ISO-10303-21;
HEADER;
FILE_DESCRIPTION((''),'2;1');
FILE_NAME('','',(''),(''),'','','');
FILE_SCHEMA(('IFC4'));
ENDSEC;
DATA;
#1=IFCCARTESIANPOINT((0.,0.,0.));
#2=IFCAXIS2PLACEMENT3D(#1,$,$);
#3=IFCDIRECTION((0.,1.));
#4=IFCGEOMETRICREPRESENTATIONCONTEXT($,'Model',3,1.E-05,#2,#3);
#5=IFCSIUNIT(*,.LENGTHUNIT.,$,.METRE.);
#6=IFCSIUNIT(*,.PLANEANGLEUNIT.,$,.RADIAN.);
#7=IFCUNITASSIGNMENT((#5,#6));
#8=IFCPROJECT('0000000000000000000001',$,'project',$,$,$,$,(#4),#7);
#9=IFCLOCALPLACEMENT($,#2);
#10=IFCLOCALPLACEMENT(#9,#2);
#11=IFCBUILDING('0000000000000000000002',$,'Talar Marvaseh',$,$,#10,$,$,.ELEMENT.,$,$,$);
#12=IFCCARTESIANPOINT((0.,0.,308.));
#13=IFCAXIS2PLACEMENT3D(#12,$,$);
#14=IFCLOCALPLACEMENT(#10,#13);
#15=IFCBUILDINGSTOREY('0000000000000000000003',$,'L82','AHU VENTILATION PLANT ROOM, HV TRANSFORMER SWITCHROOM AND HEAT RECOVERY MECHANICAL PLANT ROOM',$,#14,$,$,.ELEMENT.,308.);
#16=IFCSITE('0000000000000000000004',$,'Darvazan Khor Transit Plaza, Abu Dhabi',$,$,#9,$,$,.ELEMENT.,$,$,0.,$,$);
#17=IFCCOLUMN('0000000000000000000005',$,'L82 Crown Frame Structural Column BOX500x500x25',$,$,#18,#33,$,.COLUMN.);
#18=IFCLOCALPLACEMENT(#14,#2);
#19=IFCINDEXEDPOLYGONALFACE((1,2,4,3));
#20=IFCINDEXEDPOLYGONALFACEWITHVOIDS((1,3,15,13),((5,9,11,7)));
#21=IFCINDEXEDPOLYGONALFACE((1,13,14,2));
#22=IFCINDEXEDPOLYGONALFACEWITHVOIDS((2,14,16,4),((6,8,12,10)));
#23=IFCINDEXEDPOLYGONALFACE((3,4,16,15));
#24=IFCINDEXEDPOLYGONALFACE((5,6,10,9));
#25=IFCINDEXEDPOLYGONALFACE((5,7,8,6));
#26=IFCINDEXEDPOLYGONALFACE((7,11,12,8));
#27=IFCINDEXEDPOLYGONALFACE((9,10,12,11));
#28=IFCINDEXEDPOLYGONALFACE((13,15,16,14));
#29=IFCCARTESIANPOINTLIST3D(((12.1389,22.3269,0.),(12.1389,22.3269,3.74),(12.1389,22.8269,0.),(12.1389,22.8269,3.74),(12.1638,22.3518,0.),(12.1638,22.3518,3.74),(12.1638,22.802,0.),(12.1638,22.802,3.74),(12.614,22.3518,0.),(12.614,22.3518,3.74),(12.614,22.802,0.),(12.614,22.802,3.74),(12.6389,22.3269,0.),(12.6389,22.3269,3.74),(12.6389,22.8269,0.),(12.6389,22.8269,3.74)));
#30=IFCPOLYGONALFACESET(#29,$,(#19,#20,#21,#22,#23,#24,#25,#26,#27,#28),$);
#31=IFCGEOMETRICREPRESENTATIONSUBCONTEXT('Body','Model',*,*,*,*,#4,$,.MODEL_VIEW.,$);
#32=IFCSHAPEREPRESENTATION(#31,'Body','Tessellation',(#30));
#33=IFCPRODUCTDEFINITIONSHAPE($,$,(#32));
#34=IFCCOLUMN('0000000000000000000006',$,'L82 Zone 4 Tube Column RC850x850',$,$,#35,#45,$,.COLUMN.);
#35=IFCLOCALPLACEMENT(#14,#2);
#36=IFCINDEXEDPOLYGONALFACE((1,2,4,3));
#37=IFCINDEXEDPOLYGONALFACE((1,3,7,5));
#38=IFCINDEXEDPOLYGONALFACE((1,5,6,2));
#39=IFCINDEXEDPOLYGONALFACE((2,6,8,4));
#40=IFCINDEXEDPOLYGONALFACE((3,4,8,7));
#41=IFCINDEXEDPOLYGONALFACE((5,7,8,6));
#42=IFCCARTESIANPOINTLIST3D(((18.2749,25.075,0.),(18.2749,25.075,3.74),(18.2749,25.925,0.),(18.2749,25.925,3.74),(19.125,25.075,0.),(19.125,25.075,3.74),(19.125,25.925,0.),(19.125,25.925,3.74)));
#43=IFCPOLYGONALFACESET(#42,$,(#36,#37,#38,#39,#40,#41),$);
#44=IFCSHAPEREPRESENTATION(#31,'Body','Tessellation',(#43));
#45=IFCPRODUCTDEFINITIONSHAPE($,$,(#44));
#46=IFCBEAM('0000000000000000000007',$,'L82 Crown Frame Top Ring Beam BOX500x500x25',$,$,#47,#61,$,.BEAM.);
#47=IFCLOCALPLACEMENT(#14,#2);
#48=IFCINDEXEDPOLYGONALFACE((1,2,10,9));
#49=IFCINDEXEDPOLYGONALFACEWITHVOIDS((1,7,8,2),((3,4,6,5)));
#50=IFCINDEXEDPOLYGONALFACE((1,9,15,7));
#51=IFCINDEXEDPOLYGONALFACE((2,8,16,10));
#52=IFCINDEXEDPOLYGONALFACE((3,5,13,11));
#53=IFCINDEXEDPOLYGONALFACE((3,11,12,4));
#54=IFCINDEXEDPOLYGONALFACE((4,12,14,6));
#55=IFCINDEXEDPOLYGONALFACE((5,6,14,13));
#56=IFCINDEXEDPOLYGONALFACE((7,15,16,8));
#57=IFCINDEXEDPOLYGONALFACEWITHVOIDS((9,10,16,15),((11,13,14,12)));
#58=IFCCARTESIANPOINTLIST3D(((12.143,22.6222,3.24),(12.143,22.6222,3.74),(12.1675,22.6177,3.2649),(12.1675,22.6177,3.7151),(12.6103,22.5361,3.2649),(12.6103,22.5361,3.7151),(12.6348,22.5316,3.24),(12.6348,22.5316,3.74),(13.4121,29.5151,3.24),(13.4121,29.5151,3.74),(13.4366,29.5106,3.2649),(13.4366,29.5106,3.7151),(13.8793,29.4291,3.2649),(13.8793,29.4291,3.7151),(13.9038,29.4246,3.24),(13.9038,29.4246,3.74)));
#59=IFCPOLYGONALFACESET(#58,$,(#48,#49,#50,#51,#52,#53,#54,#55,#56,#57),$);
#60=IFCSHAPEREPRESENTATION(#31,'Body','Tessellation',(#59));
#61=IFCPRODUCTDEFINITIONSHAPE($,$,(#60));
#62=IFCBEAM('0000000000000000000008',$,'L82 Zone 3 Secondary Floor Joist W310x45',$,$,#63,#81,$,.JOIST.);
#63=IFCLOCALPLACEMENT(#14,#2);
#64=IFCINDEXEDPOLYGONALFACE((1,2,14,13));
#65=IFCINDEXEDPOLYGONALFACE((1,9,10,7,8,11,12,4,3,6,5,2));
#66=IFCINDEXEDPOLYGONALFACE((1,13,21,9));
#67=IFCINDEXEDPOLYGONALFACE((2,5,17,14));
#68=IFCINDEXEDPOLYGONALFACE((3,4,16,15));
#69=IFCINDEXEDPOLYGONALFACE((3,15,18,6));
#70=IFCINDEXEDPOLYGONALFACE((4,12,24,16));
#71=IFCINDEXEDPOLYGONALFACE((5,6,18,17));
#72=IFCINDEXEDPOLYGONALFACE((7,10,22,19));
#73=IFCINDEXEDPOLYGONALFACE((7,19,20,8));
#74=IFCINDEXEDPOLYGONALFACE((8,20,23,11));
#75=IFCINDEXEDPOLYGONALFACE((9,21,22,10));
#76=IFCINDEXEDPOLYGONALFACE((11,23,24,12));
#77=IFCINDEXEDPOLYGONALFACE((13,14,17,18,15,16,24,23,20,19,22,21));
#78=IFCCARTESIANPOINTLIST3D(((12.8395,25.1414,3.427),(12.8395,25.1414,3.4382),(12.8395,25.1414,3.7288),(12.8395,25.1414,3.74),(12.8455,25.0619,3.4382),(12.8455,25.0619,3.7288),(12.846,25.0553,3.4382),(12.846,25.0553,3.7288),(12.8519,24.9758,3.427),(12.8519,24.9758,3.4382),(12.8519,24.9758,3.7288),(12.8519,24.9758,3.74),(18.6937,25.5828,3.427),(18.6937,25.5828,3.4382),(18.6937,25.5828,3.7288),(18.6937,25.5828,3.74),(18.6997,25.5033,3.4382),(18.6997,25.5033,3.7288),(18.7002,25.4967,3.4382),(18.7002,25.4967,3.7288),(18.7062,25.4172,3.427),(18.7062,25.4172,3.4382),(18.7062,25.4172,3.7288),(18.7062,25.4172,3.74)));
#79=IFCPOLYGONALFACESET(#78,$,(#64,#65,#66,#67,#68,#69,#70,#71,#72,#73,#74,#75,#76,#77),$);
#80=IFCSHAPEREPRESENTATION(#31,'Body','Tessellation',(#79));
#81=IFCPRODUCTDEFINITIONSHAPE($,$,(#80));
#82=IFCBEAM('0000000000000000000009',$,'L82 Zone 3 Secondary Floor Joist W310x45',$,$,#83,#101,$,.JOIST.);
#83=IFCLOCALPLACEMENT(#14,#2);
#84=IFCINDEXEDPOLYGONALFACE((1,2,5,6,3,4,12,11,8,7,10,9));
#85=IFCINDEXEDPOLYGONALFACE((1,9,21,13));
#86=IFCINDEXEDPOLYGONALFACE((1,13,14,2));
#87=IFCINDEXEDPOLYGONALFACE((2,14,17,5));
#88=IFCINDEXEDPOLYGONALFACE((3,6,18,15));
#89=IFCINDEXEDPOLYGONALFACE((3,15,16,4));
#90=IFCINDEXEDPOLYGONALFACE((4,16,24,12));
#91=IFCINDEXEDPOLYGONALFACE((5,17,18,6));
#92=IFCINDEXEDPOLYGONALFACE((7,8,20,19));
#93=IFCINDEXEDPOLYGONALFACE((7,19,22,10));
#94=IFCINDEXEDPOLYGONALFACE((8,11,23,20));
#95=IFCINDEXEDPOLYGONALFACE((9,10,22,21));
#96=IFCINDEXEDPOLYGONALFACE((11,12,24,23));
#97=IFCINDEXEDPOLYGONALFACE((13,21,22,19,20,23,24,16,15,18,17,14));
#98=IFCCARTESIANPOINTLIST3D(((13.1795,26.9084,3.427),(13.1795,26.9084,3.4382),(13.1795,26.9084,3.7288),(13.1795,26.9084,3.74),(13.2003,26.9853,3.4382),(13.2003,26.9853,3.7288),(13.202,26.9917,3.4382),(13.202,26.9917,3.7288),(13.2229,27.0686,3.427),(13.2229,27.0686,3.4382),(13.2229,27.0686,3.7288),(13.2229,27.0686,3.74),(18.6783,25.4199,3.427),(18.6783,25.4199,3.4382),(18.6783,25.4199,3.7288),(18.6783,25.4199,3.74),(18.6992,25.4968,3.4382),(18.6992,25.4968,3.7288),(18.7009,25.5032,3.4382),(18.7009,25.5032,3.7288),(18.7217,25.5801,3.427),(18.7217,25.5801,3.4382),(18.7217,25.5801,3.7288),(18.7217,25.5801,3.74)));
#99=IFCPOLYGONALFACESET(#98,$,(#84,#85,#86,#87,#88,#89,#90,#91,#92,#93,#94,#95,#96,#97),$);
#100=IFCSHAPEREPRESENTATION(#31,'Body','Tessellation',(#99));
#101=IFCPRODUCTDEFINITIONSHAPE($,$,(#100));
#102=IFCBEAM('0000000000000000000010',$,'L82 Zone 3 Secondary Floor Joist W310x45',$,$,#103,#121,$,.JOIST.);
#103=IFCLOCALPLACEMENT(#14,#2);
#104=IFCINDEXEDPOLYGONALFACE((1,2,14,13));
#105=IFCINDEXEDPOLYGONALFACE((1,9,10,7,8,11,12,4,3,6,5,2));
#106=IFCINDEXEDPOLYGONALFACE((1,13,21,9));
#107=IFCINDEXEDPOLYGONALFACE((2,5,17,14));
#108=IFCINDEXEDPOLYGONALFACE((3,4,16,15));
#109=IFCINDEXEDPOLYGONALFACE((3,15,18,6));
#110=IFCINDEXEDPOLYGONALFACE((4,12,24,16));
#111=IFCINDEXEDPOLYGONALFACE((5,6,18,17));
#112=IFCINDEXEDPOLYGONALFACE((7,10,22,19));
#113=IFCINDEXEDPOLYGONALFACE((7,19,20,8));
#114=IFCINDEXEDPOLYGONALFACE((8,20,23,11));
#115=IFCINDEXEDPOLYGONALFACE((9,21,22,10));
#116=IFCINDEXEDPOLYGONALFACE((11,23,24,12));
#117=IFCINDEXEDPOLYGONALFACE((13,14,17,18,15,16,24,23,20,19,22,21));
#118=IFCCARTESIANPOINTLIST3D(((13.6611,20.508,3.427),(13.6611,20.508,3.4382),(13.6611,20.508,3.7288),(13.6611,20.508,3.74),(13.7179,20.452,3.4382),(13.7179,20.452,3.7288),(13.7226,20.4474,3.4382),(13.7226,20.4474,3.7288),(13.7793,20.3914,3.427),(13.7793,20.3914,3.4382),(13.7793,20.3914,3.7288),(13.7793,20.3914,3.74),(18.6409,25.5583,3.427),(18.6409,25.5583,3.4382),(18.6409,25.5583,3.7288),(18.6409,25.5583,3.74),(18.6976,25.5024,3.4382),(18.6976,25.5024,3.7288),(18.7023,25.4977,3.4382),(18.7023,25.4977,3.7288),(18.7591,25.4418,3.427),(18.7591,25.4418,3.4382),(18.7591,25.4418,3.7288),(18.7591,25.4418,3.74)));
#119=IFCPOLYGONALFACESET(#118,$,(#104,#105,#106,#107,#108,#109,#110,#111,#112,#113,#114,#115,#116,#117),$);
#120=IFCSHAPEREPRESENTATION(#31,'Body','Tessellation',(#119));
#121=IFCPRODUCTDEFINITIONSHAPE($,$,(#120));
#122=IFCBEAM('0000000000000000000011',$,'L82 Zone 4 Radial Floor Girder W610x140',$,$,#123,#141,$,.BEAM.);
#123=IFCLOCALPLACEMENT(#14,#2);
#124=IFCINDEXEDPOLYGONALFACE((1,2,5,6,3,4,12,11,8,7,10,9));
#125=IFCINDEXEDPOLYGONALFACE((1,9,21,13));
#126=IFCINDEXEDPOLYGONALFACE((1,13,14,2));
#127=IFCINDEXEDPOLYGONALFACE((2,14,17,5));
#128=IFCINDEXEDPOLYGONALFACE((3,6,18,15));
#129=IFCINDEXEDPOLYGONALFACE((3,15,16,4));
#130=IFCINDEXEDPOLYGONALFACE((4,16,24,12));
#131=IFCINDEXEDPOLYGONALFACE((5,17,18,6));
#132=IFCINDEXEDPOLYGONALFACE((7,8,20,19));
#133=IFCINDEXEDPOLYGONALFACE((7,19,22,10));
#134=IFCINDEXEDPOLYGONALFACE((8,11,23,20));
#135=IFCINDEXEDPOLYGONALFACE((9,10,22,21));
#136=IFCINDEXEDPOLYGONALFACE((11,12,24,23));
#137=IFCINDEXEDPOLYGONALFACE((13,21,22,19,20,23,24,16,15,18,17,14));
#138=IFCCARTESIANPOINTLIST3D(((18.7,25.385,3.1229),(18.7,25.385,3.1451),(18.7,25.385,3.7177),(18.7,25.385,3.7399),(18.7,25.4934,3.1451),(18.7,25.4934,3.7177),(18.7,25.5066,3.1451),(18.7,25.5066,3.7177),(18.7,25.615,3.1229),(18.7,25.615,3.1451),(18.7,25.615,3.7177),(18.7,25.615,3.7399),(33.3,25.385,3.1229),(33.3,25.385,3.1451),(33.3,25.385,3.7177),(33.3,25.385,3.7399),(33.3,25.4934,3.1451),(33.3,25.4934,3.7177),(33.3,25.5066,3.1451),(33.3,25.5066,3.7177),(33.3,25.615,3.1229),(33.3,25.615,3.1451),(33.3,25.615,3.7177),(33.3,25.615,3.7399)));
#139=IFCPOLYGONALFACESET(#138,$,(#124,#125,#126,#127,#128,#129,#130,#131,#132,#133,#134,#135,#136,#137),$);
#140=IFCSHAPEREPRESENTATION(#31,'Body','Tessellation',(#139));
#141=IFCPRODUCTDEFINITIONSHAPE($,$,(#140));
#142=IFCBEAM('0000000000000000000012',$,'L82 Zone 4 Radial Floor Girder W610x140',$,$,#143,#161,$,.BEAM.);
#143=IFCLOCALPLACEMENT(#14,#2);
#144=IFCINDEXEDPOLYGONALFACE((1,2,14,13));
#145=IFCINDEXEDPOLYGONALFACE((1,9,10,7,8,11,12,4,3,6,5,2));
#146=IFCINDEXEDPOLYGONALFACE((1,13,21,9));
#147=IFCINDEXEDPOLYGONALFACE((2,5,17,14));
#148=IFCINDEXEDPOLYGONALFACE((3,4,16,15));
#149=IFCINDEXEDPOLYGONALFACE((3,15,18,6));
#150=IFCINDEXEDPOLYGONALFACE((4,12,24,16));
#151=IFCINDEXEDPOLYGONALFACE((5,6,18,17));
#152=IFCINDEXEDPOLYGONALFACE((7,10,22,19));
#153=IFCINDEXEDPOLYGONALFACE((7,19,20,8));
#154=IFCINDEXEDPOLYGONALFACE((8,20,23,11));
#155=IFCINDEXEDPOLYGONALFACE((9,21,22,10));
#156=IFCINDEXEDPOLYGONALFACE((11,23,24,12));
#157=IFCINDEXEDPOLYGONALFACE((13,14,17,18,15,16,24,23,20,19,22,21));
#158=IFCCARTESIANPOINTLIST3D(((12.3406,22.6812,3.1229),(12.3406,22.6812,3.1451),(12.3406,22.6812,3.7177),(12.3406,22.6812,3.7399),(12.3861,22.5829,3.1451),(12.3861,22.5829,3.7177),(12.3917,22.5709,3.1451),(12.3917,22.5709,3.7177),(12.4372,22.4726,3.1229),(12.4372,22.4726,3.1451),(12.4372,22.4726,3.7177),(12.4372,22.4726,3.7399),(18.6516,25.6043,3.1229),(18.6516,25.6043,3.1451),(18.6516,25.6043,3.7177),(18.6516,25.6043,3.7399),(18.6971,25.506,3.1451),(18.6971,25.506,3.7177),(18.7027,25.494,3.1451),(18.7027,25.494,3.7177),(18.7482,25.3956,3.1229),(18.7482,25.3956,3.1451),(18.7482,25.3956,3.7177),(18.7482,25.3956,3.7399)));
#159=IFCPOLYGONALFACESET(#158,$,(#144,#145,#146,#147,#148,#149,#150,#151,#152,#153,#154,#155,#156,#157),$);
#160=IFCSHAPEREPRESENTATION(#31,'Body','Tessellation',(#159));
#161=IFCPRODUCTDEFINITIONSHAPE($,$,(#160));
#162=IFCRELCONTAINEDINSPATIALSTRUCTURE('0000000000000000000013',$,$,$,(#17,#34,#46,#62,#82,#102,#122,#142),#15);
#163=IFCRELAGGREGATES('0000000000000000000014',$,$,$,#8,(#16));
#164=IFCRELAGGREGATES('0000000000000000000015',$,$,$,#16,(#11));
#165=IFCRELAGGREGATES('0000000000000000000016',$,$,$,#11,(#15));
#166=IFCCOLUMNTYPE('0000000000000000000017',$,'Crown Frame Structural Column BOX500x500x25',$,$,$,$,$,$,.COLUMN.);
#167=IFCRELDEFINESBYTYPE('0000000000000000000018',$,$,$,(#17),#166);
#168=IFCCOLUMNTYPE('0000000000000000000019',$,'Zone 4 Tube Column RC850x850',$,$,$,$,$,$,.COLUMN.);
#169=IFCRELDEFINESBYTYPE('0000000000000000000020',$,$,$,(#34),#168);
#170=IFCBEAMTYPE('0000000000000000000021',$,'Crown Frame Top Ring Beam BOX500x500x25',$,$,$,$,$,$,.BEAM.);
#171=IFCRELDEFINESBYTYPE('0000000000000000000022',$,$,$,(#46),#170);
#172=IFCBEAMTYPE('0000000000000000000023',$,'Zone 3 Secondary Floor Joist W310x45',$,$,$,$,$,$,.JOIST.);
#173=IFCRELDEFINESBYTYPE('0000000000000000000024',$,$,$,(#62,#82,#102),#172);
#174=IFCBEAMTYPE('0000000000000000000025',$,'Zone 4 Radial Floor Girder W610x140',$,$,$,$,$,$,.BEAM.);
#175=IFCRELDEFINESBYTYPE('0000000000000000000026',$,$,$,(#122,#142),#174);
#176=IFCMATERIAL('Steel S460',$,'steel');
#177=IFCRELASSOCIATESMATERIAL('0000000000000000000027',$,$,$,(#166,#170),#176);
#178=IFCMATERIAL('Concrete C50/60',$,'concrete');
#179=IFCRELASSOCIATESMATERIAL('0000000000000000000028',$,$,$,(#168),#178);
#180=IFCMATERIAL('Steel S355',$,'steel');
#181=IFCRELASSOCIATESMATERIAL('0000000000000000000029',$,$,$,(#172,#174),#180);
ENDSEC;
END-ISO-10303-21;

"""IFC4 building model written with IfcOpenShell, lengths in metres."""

from ifc_helpers import new_model, si_unit, direction, frame, origin, origin_2d, place, context, subcontext, project, spatial, rectangle, hollow_rectangle, i_section, extrude, material, material_profile, profile_set, type_object, element, save


model = new_model("IFC4")

# Units and contexts
model_context = context("Model", 3, precision=1e-05, world=origin(), true_north=direction((0.0, 1.0)))
body_context = subcontext(model_context, "Body", "Model", "MODEL_VIEW")
ifc_project = project(units=[si_unit("LENGTHUNIT", "METRE"), si_unit("PLANEANGLEUNIT", "RADIAN")], contexts=[model_context])

# Site, building, storey
site_placement = place(None, origin())
site = spatial("IfcSite", under=ifc_project, at=site_placement, Name="Darvazan Khor Transit Plaza, Abu Dhabi", CompositionType="ELEMENT", RefElevation=0.0)
building_placement = place(site_placement, origin())
building = spatial("IfcBuilding", under=site, at=building_placement, Name="Talar Marvaseh", CompositionType="ELEMENT")
storey_placement = place(building_placement, frame((0.0, 0.0, 308.0)))
storey = spatial("IfcBuildingStorey", under=building, at=storey_placement, Name="L82", Description="AHU VENTILATION PLANT ROOM, HV TRANSFORMER SWITCHROOM AND HEAT RECOVERY MECHANICAL PLANT ROOM", CompositionType="ELEMENT", Elevation=308.0)

# Columns
ifc_material_1 = material(Name="Steel S460", Category="steel")
ifc_material_profile_1 = material_profile(ifc_material_1, hollow_rectangle(XDim=0.5, YDim=0.5, WallThickness=0.0249, at=origin_2d()), Name="BOX500x500x25")
ifc_profile_set_1 = profile_set([ifc_material_profile_1], Name="Steel S460")
column_type_1 = type_object("IfcColumnType", Name="Crown Frame Structural Column BOX500x500x25", PredefinedType="COLUMN", material=ifc_profile_set_1)
column_1_placement = place(storey_placement, frame((12.3889, 22.5769, 0.0), z_axis=(0.0, 0.0, 1.0), x_axis=(1.0, 0.0, 0.0)))
element("IfcColumn", 1, at=column_1_placement, inside=storey, type_object=column_type_1, Name="L82 Crown Frame Structural Column BOX500x500x25", PredefinedType="COLUMN", context=body_context, shape_type="SweptSolid", body=[
    extrude(hollow_rectangle(XDim=0.5, YDim=0.5, WallThickness=0.0249, at=origin_2d()), origin(), (0.0, 0.0, 1.0), 3.74),
])
ifc_material_2 = material(Name="Concrete C50/60", Category="concrete")
ifc_material_profile_2 = material_profile(ifc_material_2, rectangle(XDim=0.8501, YDim=0.8501, at=origin_2d()), Name="RC850x850")
ifc_profile_set_2 = profile_set([ifc_material_profile_2], Name="Concrete C50/60")
column_type_2 = type_object("IfcColumnType", Name="Zone 4 Tube Column RC850x850", PredefinedType="COLUMN", material=ifc_profile_set_2)
column_2_placement = place(storey_placement, frame((18.7, 25.5, 0.0), z_axis=(0.0, 0.0, 1.0), x_axis=(1.0, 0.0, 0.0)))
element("IfcColumn", 2, at=column_2_placement, inside=storey, type_object=column_type_2, Name="L82 Zone 4 Tube Column RC850x850", PredefinedType="COLUMN", context=body_context, shape_type="SweptSolid", body=[
    extrude(rectangle(XDim=0.8501, YDim=0.8501, at=origin_2d()), origin(), (0.0, 0.0, 1.0), 3.74),
])

# Beams
ifc_material_profile_3 = material_profile(ifc_material_1, hollow_rectangle(XDim=0.5, YDim=0.5, WallThickness=0.0249, at=origin_2d()), Name="BOX500x500x25")
ifc_profile_set_3 = profile_set([ifc_material_profile_3], Name="Steel S460")
beam_type_1 = type_object("IfcBeamType", Name="Crown Frame Top Ring Beam BOX500x500x25", PredefinedType="BEAM", material=ifc_profile_set_3)
beam_1_placement = place(storey_placement, frame((12.3889, 22.5769, 3.49), z_axis=(0.181061, 0.983472, 0.0), x_axis=(-0.983472, 0.181061, 0.0)))
element("IfcBeam", 3, at=beam_1_placement, inside=storey, type_object=beam_type_1, Name="L82 Crown Frame Top Ring Beam BOX500x500x25", PredefinedType="BEAM", context=body_context, shape_type="SweptSolid", body=[
    extrude(hollow_rectangle(XDim=0.5, YDim=0.5, WallThickness=0.0249, at=origin_2d()), origin(), (0.0, 0.0, 1.0), 7.0088),
])
ifc_material_3 = material(Name="Steel S355", Category="steel")
ifc_material_profile_4 = material_profile(ifc_material_3, i_section(OverallWidth=0.166, OverallDepth=0.313, WebThickness=0.0066, FlangeThickness=0.0112, at=origin_2d()), Name="W310x45")
ifc_profile_set_4 = profile_set([ifc_material_profile_4], Name="Steel S355")
beam_type_2 = type_object("IfcBeamType", Name="Zone 3 Secondary Floor Joist W310x45", PredefinedType="JOIST", material=ifc_profile_set_4)
beam_2_placement = place(storey_placement, frame((12.8457, 25.0586, 3.5835), z_axis=(0.99717, 0.075186, 0.0), x_axis=(-0.075186, 0.99717, 0.0)))
element("IfcBeam", 4, at=beam_2_placement, inside=storey, type_object=beam_type_2, Name="L82 Zone 3 Secondary Floor Joist W310x45", PredefinedType="JOIST", context=body_context, shape_type="SweptSolid", body=[
    extrude(i_section(OverallWidth=0.166, OverallDepth=0.313, WebThickness=0.0066, FlangeThickness=0.0112, at=origin_2d()), origin(), (0.0, 0.0, 1.0), 5.8708),
])
beam_3_placement = place(storey_placement, frame((13.2012, 26.9885, 3.5835), z_axis=(0.965259, -0.261297, 0.0), x_axis=(0.261297, 0.965259, 0.0)))
element("IfcBeam", 5, at=beam_3_placement, inside=storey, type_object=beam_type_2, Name="L82 Zone 3 Secondary Floor Joist W310x45", PredefinedType="JOIST", context=body_context, shape_type="SweptSolid", body=[
    extrude(i_section(OverallWidth=0.166, OverallDepth=0.313, WebThickness=0.0066, FlangeThickness=0.0112, at=origin_2d()), origin(), (0.0, 0.0, 1.0), 5.6968),
])
beam_4_placement = place(storey_placement, frame((13.7202, 20.4497, 3.5835), z_axis=(0.702115, 0.712063, 0.0), x_axis=(-0.712063, 0.702115, 0.0)))
element("IfcBeam", 6, at=beam_4_placement, inside=storey, type_object=beam_type_2, Name="L82 Zone 3 Secondary Floor Joist W310x45", PredefinedType="JOIST", context=body_context, shape_type="SweptSolid", body=[
    extrude(i_section(OverallWidth=0.166, OverallDepth=0.313, WebThickness=0.0066, FlangeThickness=0.0112, at=origin_2d()), origin(), (0.0, 0.0, 1.0), 7.0925),
])
ifc_material_profile_5 = material_profile(ifc_material_3, i_section(OverallWidth=0.23, OverallDepth=0.6169, WebThickness=0.0132, FlangeThickness=0.0222, at=origin_2d()), Name="W610x140")
ifc_profile_set_5 = profile_set([ifc_material_profile_5], Name="Steel S355")
beam_type_3 = type_object("IfcBeamType", Name="Zone 4 Radial Floor Girder W610x140", PredefinedType="BEAM", material=ifc_profile_set_5)
beam_5_placement = place(storey_placement, frame((18.7, 25.5, 3.4314), z_axis=(1.0, 0.0, 0.0), x_axis=(0.0, 1.0, 0.0)))
element("IfcBeam", 7, at=beam_5_placement, inside=storey, type_object=beam_type_3, Name="L82 Zone 4 Radial Floor Girder W610x140", PredefinedType="BEAM", context=body_context, shape_type="SweptSolid", body=[
    extrude(i_section(OverallWidth=0.23, OverallDepth=0.6169, WebThickness=0.0132, FlangeThickness=0.0222, at=origin_2d()), origin(), (0.0, 0.0, 1.0), 14.6001),
])
beam_6_placement = place(storey_placement, frame((12.3889, 22.5769, 3.4314), z_axis=(0.907395, 0.42028, 0.0), x_axis=(-0.42028, 0.907395, 0.0)))
element("IfcBeam", 8, at=beam_6_placement, inside=storey, type_object=beam_type_3, Name="L82 Zone 4 Radial Floor Girder W610x140", PredefinedType="BEAM", context=body_context, shape_type="SweptSolid", body=[
    extrude(i_section(OverallWidth=0.23, OverallDepth=0.6169, WebThickness=0.0132, FlangeThickness=0.0222, at=origin_2d()), origin(), (0.0, 0.0, 1.0), 6.9551),
])

save(model, "model.ifc")
